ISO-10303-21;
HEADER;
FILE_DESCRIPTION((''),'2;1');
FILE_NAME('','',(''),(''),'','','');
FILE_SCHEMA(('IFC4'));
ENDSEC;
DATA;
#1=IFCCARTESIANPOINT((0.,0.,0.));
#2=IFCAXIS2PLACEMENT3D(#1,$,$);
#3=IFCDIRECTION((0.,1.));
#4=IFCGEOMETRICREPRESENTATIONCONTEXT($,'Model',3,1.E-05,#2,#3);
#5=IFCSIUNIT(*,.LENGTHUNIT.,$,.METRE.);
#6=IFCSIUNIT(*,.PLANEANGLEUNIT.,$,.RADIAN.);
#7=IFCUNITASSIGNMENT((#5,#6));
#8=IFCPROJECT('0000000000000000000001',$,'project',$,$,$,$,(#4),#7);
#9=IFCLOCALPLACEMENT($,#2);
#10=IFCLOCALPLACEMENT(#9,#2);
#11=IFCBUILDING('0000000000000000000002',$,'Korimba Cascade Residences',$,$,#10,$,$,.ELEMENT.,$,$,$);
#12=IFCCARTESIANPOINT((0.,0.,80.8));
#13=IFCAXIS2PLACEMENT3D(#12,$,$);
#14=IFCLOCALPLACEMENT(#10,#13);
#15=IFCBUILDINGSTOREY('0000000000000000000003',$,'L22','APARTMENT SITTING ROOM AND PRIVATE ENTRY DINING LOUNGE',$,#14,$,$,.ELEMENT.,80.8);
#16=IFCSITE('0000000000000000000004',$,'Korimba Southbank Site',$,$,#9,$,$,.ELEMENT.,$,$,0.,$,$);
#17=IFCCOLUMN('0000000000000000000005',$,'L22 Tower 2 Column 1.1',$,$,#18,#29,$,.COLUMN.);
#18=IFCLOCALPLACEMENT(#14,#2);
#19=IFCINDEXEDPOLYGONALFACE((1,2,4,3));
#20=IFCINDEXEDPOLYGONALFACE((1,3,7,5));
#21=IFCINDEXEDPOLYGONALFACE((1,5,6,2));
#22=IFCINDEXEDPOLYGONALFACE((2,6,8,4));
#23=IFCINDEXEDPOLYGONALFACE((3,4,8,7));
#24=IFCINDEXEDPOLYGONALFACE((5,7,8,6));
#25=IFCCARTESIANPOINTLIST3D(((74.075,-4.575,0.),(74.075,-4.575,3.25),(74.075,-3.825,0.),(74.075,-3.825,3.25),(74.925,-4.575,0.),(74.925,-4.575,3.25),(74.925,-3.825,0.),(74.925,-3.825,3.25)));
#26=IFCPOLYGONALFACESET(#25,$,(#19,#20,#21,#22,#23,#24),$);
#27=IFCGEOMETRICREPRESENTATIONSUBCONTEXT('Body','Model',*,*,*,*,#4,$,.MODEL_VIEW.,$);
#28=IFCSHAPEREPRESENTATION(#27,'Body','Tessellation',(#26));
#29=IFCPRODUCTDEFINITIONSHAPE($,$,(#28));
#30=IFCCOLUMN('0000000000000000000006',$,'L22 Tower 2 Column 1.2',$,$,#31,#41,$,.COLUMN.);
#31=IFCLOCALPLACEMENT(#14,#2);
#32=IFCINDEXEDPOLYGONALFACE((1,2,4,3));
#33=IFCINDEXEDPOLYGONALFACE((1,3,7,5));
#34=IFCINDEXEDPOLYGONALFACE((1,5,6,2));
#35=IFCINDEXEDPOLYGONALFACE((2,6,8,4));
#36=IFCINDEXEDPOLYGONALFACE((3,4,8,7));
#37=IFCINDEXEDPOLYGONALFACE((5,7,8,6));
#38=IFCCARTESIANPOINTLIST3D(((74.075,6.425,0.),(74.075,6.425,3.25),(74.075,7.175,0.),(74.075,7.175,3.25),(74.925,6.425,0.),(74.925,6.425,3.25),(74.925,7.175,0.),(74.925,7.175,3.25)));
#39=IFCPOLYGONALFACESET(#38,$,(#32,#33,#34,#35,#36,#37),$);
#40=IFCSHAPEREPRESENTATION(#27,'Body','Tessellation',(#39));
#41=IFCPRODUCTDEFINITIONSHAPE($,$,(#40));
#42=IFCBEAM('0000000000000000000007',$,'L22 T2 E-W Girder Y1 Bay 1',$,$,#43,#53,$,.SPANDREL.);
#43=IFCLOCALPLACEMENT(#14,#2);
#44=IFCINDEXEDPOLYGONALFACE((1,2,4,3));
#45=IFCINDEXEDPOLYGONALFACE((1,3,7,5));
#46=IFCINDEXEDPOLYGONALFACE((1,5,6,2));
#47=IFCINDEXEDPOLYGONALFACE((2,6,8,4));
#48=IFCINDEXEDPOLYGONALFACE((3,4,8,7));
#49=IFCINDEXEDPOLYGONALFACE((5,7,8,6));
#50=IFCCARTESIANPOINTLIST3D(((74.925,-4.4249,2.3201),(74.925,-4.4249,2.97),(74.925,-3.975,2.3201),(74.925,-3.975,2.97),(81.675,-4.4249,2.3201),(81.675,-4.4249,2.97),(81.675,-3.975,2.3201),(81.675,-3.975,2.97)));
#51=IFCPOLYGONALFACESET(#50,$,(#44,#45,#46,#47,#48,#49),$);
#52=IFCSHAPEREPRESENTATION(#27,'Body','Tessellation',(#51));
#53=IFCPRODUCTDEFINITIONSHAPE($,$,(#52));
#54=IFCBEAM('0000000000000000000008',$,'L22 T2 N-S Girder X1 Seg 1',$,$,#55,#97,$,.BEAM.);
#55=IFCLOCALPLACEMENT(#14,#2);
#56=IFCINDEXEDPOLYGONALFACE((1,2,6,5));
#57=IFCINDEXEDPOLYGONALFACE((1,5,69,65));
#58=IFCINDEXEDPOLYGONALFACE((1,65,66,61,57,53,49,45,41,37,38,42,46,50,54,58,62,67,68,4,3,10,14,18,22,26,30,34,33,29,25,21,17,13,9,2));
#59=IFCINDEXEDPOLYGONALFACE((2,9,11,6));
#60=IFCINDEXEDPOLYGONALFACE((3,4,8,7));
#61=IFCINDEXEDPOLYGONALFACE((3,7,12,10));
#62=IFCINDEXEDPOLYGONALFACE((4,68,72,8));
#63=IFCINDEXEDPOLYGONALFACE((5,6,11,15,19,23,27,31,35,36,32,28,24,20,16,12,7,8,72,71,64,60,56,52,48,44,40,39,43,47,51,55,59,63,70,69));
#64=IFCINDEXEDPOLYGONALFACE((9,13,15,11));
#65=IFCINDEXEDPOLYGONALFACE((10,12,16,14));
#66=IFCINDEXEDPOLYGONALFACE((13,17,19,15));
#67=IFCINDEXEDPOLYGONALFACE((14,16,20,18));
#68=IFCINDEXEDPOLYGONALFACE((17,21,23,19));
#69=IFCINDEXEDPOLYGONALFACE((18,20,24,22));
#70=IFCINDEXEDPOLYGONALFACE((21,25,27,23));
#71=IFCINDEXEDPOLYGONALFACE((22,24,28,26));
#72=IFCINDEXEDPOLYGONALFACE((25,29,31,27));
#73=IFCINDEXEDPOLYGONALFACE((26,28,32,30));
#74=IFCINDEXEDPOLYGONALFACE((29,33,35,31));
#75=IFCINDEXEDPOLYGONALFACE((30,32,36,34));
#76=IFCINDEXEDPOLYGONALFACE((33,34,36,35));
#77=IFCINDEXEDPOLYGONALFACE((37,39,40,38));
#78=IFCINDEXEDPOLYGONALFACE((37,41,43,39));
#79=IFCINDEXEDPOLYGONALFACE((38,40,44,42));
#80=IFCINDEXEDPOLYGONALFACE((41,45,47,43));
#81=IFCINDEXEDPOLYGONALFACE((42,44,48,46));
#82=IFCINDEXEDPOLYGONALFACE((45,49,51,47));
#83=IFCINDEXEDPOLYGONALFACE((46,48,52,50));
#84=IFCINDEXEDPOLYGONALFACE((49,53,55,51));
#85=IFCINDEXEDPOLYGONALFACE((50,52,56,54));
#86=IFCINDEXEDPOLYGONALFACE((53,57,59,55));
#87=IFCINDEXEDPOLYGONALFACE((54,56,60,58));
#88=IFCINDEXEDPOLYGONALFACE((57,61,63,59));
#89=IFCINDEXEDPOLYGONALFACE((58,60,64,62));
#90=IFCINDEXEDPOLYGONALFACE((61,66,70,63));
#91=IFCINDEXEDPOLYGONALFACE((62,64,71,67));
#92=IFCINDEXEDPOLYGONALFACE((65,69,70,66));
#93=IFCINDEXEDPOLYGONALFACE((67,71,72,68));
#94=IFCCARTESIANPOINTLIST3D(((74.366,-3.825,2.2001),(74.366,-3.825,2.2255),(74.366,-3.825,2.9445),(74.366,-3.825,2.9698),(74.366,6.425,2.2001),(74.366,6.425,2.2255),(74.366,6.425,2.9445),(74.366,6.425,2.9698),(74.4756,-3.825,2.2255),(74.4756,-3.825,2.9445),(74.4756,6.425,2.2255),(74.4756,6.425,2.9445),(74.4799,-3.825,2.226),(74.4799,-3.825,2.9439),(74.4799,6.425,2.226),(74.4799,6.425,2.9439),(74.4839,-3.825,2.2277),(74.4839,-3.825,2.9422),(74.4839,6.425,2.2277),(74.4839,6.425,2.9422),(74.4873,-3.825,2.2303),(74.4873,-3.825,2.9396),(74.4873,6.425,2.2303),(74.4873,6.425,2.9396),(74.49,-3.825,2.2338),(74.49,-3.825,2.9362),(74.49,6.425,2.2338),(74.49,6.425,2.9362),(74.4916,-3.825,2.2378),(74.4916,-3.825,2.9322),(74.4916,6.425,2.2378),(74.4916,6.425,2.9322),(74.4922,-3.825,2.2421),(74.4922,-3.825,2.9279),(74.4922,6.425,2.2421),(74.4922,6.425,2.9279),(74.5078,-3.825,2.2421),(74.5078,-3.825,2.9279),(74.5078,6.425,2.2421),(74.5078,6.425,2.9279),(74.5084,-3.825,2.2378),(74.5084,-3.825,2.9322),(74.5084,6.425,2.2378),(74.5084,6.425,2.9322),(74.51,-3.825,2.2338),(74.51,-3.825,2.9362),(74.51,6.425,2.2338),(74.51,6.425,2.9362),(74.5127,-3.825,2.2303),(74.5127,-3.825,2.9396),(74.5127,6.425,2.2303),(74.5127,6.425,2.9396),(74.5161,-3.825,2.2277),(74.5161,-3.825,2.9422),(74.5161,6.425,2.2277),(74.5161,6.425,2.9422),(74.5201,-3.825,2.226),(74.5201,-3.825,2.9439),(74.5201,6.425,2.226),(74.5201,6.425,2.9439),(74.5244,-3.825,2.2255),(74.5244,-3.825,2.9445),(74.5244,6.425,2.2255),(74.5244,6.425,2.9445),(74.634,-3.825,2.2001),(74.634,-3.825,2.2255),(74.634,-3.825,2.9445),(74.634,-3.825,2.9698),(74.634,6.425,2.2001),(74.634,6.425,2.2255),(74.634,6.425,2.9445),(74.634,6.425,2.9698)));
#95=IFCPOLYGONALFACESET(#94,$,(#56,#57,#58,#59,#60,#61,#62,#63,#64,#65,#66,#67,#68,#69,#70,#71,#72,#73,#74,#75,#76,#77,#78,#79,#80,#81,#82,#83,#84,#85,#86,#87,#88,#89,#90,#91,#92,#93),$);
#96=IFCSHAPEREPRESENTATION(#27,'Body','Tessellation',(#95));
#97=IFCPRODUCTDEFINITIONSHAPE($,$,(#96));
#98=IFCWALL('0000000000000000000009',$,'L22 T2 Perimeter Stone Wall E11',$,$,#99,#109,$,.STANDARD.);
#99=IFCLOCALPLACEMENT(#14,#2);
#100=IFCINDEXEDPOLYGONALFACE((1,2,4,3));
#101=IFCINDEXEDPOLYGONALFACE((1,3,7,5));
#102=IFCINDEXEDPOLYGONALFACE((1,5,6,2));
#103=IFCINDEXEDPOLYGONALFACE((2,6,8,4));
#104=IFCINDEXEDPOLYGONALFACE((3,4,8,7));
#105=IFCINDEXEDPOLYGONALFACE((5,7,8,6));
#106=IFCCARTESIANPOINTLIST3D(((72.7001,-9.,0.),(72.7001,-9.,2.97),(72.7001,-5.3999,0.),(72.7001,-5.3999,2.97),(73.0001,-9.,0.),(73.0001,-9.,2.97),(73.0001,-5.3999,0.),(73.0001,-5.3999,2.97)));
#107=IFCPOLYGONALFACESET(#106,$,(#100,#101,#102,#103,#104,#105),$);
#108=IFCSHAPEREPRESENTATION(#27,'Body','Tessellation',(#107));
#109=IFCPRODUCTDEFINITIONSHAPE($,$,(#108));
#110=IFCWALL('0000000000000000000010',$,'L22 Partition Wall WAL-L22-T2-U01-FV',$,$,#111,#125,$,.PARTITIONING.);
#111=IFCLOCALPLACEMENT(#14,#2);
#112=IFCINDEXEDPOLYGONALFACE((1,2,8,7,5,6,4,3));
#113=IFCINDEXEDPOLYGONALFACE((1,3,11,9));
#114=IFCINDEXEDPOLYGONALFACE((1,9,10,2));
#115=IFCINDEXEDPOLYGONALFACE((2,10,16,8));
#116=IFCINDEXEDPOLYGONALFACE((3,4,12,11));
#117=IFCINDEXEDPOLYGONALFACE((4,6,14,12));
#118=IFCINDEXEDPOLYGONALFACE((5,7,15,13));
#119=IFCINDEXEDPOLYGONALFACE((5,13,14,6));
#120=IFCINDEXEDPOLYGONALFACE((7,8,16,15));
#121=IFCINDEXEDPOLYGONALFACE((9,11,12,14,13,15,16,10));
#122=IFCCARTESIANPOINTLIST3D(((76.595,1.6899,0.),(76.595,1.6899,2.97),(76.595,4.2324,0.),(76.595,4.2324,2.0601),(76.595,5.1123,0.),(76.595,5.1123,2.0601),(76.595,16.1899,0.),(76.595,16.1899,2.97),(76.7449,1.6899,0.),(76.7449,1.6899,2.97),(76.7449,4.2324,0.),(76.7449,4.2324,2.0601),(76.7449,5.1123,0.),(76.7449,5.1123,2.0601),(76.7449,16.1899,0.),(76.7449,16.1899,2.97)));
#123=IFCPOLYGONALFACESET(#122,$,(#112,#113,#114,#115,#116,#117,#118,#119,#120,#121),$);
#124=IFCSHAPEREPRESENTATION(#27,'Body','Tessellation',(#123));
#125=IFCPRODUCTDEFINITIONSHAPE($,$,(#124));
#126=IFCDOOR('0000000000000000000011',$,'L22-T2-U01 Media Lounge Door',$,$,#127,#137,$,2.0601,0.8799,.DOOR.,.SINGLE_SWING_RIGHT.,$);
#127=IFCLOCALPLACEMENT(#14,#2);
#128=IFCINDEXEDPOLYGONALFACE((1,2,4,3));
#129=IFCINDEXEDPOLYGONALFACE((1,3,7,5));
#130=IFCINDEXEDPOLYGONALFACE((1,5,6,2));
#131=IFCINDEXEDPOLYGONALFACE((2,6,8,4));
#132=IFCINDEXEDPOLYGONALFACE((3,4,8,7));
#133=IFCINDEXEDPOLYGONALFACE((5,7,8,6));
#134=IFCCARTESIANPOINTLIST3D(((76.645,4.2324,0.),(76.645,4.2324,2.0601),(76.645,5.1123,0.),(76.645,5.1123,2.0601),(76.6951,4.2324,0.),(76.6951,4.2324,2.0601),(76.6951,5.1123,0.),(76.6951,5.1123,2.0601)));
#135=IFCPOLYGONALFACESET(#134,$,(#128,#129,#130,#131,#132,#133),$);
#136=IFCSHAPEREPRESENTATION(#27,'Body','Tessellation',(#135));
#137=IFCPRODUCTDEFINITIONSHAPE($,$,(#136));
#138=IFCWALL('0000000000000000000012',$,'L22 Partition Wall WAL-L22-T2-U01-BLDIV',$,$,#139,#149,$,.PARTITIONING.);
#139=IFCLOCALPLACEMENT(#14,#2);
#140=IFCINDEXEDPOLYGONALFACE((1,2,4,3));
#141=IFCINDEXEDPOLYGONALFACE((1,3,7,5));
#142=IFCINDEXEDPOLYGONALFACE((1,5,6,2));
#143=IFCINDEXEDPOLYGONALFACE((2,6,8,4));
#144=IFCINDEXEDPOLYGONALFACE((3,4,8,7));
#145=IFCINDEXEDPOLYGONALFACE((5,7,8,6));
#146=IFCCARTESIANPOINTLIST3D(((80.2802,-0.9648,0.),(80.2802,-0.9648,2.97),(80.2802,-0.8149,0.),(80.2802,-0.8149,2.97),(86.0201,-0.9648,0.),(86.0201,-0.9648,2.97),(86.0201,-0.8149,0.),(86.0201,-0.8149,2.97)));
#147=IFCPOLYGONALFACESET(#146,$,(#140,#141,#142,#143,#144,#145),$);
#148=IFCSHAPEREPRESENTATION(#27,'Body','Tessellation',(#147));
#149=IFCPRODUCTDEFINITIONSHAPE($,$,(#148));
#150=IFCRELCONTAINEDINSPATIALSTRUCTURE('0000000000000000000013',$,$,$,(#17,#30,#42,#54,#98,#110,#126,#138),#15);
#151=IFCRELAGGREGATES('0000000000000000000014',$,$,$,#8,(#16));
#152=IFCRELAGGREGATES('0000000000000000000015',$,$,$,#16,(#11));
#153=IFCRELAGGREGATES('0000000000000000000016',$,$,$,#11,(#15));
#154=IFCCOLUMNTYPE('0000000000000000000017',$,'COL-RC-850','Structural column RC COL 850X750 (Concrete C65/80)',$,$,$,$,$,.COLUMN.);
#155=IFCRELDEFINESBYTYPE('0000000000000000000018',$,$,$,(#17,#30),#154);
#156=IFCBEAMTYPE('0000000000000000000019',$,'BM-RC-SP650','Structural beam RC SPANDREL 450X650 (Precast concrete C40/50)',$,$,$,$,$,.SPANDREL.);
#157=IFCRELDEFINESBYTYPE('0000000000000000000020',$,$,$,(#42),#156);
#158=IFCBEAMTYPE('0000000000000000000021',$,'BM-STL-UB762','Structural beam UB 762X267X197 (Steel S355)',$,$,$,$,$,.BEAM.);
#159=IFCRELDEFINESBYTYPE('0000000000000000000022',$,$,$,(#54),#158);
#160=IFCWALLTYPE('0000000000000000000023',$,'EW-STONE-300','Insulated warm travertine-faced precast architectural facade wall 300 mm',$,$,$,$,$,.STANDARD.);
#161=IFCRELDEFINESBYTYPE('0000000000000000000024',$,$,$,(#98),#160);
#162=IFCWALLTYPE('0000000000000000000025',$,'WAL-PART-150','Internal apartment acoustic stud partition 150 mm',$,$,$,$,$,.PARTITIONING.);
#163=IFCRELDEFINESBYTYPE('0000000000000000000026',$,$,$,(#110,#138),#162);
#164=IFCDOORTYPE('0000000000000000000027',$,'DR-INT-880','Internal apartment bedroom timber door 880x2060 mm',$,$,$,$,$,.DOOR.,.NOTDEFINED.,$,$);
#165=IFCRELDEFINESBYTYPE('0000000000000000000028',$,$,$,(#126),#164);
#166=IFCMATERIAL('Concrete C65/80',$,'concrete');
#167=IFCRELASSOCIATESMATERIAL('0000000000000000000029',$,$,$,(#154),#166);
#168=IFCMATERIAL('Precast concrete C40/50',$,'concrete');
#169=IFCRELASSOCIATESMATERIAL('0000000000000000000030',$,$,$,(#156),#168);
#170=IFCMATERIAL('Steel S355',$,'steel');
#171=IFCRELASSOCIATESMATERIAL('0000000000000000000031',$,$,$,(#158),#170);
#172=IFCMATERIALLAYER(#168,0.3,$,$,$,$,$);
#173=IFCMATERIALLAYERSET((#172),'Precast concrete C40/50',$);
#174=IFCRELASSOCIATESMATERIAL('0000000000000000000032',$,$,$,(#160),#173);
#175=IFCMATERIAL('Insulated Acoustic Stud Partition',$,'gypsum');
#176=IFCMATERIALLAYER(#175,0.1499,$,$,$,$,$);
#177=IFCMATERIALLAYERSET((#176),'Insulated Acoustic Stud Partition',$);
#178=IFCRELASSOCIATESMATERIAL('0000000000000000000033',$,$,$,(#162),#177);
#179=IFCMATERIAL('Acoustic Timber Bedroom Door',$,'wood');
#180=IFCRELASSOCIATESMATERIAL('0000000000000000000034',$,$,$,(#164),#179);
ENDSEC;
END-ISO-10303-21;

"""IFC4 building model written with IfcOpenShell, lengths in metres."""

from ifc_helpers import new_model, si_unit, direction, frame, frame_2d, origin, origin_2d, place, context, subcontext, project, spatial, rectangle, i_section, extrude, material, layer, layer_set, material_profile, profile_set, type_object, element, fill, save


model = new_model("IFC4")

# Units and contexts
model_context = context("Model", 3, precision=1e-05, world=origin(), true_north=direction((0.0, 1.0)))
body_context = subcontext(model_context, "Body", "Model", "MODEL_VIEW")
ifc_project = project(units=[si_unit("LENGTHUNIT", "METRE"), si_unit("PLANEANGLEUNIT", "RADIAN")], contexts=[model_context])

# Site, building, storey
site_placement = place(None, origin())
site = spatial("IfcSite", under=ifc_project, at=site_placement, Name="Korimba Southbank Site", CompositionType="ELEMENT", RefElevation=0.0)
building_placement = place(site_placement, origin())
building = spatial("IfcBuilding", under=site, at=building_placement, Name="Korimba Cascade Residences", CompositionType="ELEMENT")
storey_placement = place(building_placement, frame((0.0, 0.0, 80.8)))
storey = spatial("IfcBuildingStorey", under=building, at=storey_placement, Name="L22", Description="APARTMENT SITTING ROOM AND PRIVATE ENTRY DINING LOUNGE", CompositionType="ELEMENT", Elevation=80.8)

# Columns
ifc_material_1 = material(Name="Concrete C65/80", Category="concrete")
ifc_material_profile_1 = material_profile(ifc_material_1, rectangle(XDim=0.8501, YDim=0.75, at=origin_2d()), Name="Concrete C65/80")
ifc_profile_set_1 = profile_set([ifc_material_profile_1], Name="Concrete C65/80")
column_type = type_object("IfcColumnType", Name="COL-RC-850", Description="Structural column RC COL 850X750 (Concrete C65/80)", PredefinedType="COLUMN", material=ifc_profile_set_1)
for number, where, z_axis, x_axis, name in (
    (1, (74.5, -4.2, 0.0), (0.0, 0.0, 1.0), (1.0, 0.0, 0.0), "L22 Tower 2 Column 1.1"),
    (2, (74.5, 6.8, 0.0), (0.0, 0.0, 1.0), (1.0, 0.0, 0.0), "L22 Tower 2 Column 1.2"),
):
    element("IfcColumn", number, at=place(storey_placement, frame(where, z_axis=z_axis, x_axis=x_axis)), inside=storey, type_object=column_type, Name=name, PredefinedType="COLUMN", context=body_context, shape_type="SweptSolid", body=[
        extrude(rectangle(XDim=0.8501, YDim=0.75, at=origin_2d()), origin(), (0.0, 0.0, 1.0), 3.25),
    ])

# Beams
ifc_material_2 = material(Name="Precast concrete C40/50", Category="concrete")
ifc_material_profile_2 = material_profile(ifc_material_2, rectangle(XDim=0.45, YDim=0.6499, at=origin_2d()), Name="Precast concrete C40/50")
ifc_profile_set_2 = profile_set([ifc_material_profile_2], Name="Precast concrete C40/50")
beam_type_1 = type_object("IfcBeamType", Name="BM-RC-SP650", Description="Structural beam RC SPANDREL 450X650 (Precast concrete C40/50)", PredefinedType="SPANDREL", material=ifc_profile_set_2)
beam_1_placement = place(storey_placement, frame((74.925, -4.2, 2.645), z_axis=(1.0, 0.0, 0.0), x_axis=(0.0, 1.0, 0.0)))
element("IfcBeam", 3, at=beam_1_placement, inside=storey, type_object=beam_type_1, Name="L22 T2 E-W Girder Y1 Bay 1", PredefinedType="SPANDREL", context=body_context, shape_type="SweptSolid", body=[
    extrude(rectangle(XDim=0.45, YDim=0.6499, at=origin_2d()), origin(), (0.0, 0.0, 1.0), 6.75),
])
ifc_material_3 = material(Name="Steel S355", Category="steel")
ifc_material_profile_3 = material_profile(ifc_material_3, i_section(OverallWidth=0.2681, OverallDepth=0.7698, WebThickness=0.0156, FlangeThickness=0.0254, FilletRadius=0.0166, at=origin_2d()), Name="Steel S355")
ifc_profile_set_3 = profile_set([ifc_material_profile_3], Name="Steel S355")
beam_type_2 = type_object("IfcBeamType", Name="BM-STL-UB762", Description="Structural beam UB 762X267X197 (Steel S355)", PredefinedType="BEAM", material=ifc_profile_set_3)
beam_2_placement = place(storey_placement, frame((74.5, -3.825, 2.585), z_axis=(0.0, 1.0, 0.0), x_axis=(-1.0, 0.0, 0.0)))
element("IfcBeam", 4, at=beam_2_placement, inside=storey, type_object=beam_type_2, Name="L22 T2 N-S Girder X1 Seg 1", PredefinedType="BEAM", context=body_context, shape_type="SweptSolid", body=[
    extrude(i_section(OverallWidth=0.2681, OverallDepth=0.7698, WebThickness=0.0156, FlangeThickness=0.0254, FilletRadius=0.0166, at=origin_2d()), origin(), (0.0, 0.0, 1.0), 10.25),
])

# Wall
ifc_layer_1 = layer(ifc_material_2, 0.3)
ifc_layer_set_1 = layer_set([ifc_layer_1], Name="Precast concrete C40/50")
wall_type_1 = type_object("IfcWallType", Name="EW-STONE-300", Description="Insulated warm travertine-faced precast architectural facade wall 300 mm", PredefinedType="STANDARD", material=ifc_layer_set_1)
wall_1_placement = place(storey_placement, frame((72.8501, -5.3999, 0.0), z_axis=(0.0, 0.0, 1.0), x_axis=(0.0, -1.0, 0.0)))
element("IfcWall", 5, at=wall_1_placement, inside=storey, type_object=wall_type_1, Name="L22 T2 Perimeter Stone Wall E11", PredefinedType="STANDARD", context=body_context, shape_type="SweptSolid", body=[
    extrude(rectangle(XDim=3.6001, YDim=0.3, at=frame_2d((1.8, 0.0))), origin(), (0.0, 0.0, 1.0), 2.97),
])

# Wall, opening, door
ifc_material_4 = material(Name="Insulated Acoustic Stud Partition", Category="gypsum")
ifc_layer_2 = layer(ifc_material_4, 0.1499)
ifc_layer_set_2 = layer_set([ifc_layer_2], Name="Insulated Acoustic Stud Partition")
wall_type_2 = type_object("IfcWallType", Name="WAL-PART-150", Description="Internal apartment acoustic stud partition 150 mm", PredefinedType="PARTITIONING", material=ifc_layer_set_2)
wall_2_placement = place(storey_placement, frame((76.6699, 1.6899, 0.0), z_axis=(0.0, 0.0, 1.0), x_axis=(0.0, 1.0, 0.0)))
wall_2 = element("IfcWall", 6, at=wall_2_placement, inside=storey, type_object=wall_type_2, Name="L22 Partition Wall WAL-L22-T2-U01-FV", PredefinedType="PARTITIONING", context=body_context, shape_type="SweptSolid", body=[
    extrude(rectangle(XDim=14.5, YDim=0.1499, at=frame_2d((7.25, 0.0))), origin(), (0.0, 0.0, 1.0), 2.97),
])
opening_1_placement = place(wall_2_placement, frame((2.5425, 0.0, 0.0)))
opening_1 = element("IfcOpeningElement", 7, at=opening_1_placement, cuts=wall_2, PredefinedType="OPENING", context=body_context, shape_type="SweptSolid", body=[
    extrude(rectangle(XDim=0.8799, YDim=2.0601, at=frame_2d((0.4399, 1.03))), frame((0.0, 0.085, 0.0), z_axis=(0.0, -1.0, 0.0), x_axis=(1.0, 0.0, 0.0)), (0.0, 0.0, 1.0), 0.1699),
])
ifc_material_5 = material(Name="Acoustic Timber Bedroom Door", Category="wood")
door_type_1 = type_object("IfcDoorType", Name="DR-INT-880", Description="Internal apartment bedroom timber door 880x2060 mm", OperationType="NOTDEFINED", PredefinedType="DOOR", material=ifc_material_5)
door_1_placement = place(opening_1_placement, origin())
door_1 = element("IfcDoor", 8, at=door_1_placement, inside=storey, type_object=door_type_1, Name="L22-T2-U01 Media Lounge Door", OperationType="SINGLE_SWING_RIGHT", OverallHeight=2.0601, OverallWidth=0.8799, PredefinedType="DOOR", context=body_context, shape_type="SweptSolid", body=[
    extrude(rectangle(XDim=0.8799, YDim=2.0601, at=frame_2d((0.4399, 1.03))), frame((0.0, 0.0249, 0.0), z_axis=(0.0, -1.0, 0.0), x_axis=(1.0, 0.0, 0.0)), (0.0, 0.0, 1.0), 0.05),
])
fill(opening_1, door_1)

# Wall
wall_3_placement = place(storey_placement, frame((80.28, -0.8899, 0.0), z_axis=(0.0, 0.0, 1.0), x_axis=(1.0, 0.0, 0.0)))
element("IfcWall", 9, at=wall_3_placement, inside=storey, type_object=wall_type_2, Name="L22 Partition Wall WAL-L22-T2-U01-BLDIV", PredefinedType="PARTITIONING", context=body_context, shape_type="SweptSolid", body=[
    extrude(rectangle(XDim=5.74, YDim=0.1499, at=frame_2d((2.8701, 0.0))), origin(), (0.0, 0.0, 1.0), 2.97),
])

save(model, "model.ifc")
